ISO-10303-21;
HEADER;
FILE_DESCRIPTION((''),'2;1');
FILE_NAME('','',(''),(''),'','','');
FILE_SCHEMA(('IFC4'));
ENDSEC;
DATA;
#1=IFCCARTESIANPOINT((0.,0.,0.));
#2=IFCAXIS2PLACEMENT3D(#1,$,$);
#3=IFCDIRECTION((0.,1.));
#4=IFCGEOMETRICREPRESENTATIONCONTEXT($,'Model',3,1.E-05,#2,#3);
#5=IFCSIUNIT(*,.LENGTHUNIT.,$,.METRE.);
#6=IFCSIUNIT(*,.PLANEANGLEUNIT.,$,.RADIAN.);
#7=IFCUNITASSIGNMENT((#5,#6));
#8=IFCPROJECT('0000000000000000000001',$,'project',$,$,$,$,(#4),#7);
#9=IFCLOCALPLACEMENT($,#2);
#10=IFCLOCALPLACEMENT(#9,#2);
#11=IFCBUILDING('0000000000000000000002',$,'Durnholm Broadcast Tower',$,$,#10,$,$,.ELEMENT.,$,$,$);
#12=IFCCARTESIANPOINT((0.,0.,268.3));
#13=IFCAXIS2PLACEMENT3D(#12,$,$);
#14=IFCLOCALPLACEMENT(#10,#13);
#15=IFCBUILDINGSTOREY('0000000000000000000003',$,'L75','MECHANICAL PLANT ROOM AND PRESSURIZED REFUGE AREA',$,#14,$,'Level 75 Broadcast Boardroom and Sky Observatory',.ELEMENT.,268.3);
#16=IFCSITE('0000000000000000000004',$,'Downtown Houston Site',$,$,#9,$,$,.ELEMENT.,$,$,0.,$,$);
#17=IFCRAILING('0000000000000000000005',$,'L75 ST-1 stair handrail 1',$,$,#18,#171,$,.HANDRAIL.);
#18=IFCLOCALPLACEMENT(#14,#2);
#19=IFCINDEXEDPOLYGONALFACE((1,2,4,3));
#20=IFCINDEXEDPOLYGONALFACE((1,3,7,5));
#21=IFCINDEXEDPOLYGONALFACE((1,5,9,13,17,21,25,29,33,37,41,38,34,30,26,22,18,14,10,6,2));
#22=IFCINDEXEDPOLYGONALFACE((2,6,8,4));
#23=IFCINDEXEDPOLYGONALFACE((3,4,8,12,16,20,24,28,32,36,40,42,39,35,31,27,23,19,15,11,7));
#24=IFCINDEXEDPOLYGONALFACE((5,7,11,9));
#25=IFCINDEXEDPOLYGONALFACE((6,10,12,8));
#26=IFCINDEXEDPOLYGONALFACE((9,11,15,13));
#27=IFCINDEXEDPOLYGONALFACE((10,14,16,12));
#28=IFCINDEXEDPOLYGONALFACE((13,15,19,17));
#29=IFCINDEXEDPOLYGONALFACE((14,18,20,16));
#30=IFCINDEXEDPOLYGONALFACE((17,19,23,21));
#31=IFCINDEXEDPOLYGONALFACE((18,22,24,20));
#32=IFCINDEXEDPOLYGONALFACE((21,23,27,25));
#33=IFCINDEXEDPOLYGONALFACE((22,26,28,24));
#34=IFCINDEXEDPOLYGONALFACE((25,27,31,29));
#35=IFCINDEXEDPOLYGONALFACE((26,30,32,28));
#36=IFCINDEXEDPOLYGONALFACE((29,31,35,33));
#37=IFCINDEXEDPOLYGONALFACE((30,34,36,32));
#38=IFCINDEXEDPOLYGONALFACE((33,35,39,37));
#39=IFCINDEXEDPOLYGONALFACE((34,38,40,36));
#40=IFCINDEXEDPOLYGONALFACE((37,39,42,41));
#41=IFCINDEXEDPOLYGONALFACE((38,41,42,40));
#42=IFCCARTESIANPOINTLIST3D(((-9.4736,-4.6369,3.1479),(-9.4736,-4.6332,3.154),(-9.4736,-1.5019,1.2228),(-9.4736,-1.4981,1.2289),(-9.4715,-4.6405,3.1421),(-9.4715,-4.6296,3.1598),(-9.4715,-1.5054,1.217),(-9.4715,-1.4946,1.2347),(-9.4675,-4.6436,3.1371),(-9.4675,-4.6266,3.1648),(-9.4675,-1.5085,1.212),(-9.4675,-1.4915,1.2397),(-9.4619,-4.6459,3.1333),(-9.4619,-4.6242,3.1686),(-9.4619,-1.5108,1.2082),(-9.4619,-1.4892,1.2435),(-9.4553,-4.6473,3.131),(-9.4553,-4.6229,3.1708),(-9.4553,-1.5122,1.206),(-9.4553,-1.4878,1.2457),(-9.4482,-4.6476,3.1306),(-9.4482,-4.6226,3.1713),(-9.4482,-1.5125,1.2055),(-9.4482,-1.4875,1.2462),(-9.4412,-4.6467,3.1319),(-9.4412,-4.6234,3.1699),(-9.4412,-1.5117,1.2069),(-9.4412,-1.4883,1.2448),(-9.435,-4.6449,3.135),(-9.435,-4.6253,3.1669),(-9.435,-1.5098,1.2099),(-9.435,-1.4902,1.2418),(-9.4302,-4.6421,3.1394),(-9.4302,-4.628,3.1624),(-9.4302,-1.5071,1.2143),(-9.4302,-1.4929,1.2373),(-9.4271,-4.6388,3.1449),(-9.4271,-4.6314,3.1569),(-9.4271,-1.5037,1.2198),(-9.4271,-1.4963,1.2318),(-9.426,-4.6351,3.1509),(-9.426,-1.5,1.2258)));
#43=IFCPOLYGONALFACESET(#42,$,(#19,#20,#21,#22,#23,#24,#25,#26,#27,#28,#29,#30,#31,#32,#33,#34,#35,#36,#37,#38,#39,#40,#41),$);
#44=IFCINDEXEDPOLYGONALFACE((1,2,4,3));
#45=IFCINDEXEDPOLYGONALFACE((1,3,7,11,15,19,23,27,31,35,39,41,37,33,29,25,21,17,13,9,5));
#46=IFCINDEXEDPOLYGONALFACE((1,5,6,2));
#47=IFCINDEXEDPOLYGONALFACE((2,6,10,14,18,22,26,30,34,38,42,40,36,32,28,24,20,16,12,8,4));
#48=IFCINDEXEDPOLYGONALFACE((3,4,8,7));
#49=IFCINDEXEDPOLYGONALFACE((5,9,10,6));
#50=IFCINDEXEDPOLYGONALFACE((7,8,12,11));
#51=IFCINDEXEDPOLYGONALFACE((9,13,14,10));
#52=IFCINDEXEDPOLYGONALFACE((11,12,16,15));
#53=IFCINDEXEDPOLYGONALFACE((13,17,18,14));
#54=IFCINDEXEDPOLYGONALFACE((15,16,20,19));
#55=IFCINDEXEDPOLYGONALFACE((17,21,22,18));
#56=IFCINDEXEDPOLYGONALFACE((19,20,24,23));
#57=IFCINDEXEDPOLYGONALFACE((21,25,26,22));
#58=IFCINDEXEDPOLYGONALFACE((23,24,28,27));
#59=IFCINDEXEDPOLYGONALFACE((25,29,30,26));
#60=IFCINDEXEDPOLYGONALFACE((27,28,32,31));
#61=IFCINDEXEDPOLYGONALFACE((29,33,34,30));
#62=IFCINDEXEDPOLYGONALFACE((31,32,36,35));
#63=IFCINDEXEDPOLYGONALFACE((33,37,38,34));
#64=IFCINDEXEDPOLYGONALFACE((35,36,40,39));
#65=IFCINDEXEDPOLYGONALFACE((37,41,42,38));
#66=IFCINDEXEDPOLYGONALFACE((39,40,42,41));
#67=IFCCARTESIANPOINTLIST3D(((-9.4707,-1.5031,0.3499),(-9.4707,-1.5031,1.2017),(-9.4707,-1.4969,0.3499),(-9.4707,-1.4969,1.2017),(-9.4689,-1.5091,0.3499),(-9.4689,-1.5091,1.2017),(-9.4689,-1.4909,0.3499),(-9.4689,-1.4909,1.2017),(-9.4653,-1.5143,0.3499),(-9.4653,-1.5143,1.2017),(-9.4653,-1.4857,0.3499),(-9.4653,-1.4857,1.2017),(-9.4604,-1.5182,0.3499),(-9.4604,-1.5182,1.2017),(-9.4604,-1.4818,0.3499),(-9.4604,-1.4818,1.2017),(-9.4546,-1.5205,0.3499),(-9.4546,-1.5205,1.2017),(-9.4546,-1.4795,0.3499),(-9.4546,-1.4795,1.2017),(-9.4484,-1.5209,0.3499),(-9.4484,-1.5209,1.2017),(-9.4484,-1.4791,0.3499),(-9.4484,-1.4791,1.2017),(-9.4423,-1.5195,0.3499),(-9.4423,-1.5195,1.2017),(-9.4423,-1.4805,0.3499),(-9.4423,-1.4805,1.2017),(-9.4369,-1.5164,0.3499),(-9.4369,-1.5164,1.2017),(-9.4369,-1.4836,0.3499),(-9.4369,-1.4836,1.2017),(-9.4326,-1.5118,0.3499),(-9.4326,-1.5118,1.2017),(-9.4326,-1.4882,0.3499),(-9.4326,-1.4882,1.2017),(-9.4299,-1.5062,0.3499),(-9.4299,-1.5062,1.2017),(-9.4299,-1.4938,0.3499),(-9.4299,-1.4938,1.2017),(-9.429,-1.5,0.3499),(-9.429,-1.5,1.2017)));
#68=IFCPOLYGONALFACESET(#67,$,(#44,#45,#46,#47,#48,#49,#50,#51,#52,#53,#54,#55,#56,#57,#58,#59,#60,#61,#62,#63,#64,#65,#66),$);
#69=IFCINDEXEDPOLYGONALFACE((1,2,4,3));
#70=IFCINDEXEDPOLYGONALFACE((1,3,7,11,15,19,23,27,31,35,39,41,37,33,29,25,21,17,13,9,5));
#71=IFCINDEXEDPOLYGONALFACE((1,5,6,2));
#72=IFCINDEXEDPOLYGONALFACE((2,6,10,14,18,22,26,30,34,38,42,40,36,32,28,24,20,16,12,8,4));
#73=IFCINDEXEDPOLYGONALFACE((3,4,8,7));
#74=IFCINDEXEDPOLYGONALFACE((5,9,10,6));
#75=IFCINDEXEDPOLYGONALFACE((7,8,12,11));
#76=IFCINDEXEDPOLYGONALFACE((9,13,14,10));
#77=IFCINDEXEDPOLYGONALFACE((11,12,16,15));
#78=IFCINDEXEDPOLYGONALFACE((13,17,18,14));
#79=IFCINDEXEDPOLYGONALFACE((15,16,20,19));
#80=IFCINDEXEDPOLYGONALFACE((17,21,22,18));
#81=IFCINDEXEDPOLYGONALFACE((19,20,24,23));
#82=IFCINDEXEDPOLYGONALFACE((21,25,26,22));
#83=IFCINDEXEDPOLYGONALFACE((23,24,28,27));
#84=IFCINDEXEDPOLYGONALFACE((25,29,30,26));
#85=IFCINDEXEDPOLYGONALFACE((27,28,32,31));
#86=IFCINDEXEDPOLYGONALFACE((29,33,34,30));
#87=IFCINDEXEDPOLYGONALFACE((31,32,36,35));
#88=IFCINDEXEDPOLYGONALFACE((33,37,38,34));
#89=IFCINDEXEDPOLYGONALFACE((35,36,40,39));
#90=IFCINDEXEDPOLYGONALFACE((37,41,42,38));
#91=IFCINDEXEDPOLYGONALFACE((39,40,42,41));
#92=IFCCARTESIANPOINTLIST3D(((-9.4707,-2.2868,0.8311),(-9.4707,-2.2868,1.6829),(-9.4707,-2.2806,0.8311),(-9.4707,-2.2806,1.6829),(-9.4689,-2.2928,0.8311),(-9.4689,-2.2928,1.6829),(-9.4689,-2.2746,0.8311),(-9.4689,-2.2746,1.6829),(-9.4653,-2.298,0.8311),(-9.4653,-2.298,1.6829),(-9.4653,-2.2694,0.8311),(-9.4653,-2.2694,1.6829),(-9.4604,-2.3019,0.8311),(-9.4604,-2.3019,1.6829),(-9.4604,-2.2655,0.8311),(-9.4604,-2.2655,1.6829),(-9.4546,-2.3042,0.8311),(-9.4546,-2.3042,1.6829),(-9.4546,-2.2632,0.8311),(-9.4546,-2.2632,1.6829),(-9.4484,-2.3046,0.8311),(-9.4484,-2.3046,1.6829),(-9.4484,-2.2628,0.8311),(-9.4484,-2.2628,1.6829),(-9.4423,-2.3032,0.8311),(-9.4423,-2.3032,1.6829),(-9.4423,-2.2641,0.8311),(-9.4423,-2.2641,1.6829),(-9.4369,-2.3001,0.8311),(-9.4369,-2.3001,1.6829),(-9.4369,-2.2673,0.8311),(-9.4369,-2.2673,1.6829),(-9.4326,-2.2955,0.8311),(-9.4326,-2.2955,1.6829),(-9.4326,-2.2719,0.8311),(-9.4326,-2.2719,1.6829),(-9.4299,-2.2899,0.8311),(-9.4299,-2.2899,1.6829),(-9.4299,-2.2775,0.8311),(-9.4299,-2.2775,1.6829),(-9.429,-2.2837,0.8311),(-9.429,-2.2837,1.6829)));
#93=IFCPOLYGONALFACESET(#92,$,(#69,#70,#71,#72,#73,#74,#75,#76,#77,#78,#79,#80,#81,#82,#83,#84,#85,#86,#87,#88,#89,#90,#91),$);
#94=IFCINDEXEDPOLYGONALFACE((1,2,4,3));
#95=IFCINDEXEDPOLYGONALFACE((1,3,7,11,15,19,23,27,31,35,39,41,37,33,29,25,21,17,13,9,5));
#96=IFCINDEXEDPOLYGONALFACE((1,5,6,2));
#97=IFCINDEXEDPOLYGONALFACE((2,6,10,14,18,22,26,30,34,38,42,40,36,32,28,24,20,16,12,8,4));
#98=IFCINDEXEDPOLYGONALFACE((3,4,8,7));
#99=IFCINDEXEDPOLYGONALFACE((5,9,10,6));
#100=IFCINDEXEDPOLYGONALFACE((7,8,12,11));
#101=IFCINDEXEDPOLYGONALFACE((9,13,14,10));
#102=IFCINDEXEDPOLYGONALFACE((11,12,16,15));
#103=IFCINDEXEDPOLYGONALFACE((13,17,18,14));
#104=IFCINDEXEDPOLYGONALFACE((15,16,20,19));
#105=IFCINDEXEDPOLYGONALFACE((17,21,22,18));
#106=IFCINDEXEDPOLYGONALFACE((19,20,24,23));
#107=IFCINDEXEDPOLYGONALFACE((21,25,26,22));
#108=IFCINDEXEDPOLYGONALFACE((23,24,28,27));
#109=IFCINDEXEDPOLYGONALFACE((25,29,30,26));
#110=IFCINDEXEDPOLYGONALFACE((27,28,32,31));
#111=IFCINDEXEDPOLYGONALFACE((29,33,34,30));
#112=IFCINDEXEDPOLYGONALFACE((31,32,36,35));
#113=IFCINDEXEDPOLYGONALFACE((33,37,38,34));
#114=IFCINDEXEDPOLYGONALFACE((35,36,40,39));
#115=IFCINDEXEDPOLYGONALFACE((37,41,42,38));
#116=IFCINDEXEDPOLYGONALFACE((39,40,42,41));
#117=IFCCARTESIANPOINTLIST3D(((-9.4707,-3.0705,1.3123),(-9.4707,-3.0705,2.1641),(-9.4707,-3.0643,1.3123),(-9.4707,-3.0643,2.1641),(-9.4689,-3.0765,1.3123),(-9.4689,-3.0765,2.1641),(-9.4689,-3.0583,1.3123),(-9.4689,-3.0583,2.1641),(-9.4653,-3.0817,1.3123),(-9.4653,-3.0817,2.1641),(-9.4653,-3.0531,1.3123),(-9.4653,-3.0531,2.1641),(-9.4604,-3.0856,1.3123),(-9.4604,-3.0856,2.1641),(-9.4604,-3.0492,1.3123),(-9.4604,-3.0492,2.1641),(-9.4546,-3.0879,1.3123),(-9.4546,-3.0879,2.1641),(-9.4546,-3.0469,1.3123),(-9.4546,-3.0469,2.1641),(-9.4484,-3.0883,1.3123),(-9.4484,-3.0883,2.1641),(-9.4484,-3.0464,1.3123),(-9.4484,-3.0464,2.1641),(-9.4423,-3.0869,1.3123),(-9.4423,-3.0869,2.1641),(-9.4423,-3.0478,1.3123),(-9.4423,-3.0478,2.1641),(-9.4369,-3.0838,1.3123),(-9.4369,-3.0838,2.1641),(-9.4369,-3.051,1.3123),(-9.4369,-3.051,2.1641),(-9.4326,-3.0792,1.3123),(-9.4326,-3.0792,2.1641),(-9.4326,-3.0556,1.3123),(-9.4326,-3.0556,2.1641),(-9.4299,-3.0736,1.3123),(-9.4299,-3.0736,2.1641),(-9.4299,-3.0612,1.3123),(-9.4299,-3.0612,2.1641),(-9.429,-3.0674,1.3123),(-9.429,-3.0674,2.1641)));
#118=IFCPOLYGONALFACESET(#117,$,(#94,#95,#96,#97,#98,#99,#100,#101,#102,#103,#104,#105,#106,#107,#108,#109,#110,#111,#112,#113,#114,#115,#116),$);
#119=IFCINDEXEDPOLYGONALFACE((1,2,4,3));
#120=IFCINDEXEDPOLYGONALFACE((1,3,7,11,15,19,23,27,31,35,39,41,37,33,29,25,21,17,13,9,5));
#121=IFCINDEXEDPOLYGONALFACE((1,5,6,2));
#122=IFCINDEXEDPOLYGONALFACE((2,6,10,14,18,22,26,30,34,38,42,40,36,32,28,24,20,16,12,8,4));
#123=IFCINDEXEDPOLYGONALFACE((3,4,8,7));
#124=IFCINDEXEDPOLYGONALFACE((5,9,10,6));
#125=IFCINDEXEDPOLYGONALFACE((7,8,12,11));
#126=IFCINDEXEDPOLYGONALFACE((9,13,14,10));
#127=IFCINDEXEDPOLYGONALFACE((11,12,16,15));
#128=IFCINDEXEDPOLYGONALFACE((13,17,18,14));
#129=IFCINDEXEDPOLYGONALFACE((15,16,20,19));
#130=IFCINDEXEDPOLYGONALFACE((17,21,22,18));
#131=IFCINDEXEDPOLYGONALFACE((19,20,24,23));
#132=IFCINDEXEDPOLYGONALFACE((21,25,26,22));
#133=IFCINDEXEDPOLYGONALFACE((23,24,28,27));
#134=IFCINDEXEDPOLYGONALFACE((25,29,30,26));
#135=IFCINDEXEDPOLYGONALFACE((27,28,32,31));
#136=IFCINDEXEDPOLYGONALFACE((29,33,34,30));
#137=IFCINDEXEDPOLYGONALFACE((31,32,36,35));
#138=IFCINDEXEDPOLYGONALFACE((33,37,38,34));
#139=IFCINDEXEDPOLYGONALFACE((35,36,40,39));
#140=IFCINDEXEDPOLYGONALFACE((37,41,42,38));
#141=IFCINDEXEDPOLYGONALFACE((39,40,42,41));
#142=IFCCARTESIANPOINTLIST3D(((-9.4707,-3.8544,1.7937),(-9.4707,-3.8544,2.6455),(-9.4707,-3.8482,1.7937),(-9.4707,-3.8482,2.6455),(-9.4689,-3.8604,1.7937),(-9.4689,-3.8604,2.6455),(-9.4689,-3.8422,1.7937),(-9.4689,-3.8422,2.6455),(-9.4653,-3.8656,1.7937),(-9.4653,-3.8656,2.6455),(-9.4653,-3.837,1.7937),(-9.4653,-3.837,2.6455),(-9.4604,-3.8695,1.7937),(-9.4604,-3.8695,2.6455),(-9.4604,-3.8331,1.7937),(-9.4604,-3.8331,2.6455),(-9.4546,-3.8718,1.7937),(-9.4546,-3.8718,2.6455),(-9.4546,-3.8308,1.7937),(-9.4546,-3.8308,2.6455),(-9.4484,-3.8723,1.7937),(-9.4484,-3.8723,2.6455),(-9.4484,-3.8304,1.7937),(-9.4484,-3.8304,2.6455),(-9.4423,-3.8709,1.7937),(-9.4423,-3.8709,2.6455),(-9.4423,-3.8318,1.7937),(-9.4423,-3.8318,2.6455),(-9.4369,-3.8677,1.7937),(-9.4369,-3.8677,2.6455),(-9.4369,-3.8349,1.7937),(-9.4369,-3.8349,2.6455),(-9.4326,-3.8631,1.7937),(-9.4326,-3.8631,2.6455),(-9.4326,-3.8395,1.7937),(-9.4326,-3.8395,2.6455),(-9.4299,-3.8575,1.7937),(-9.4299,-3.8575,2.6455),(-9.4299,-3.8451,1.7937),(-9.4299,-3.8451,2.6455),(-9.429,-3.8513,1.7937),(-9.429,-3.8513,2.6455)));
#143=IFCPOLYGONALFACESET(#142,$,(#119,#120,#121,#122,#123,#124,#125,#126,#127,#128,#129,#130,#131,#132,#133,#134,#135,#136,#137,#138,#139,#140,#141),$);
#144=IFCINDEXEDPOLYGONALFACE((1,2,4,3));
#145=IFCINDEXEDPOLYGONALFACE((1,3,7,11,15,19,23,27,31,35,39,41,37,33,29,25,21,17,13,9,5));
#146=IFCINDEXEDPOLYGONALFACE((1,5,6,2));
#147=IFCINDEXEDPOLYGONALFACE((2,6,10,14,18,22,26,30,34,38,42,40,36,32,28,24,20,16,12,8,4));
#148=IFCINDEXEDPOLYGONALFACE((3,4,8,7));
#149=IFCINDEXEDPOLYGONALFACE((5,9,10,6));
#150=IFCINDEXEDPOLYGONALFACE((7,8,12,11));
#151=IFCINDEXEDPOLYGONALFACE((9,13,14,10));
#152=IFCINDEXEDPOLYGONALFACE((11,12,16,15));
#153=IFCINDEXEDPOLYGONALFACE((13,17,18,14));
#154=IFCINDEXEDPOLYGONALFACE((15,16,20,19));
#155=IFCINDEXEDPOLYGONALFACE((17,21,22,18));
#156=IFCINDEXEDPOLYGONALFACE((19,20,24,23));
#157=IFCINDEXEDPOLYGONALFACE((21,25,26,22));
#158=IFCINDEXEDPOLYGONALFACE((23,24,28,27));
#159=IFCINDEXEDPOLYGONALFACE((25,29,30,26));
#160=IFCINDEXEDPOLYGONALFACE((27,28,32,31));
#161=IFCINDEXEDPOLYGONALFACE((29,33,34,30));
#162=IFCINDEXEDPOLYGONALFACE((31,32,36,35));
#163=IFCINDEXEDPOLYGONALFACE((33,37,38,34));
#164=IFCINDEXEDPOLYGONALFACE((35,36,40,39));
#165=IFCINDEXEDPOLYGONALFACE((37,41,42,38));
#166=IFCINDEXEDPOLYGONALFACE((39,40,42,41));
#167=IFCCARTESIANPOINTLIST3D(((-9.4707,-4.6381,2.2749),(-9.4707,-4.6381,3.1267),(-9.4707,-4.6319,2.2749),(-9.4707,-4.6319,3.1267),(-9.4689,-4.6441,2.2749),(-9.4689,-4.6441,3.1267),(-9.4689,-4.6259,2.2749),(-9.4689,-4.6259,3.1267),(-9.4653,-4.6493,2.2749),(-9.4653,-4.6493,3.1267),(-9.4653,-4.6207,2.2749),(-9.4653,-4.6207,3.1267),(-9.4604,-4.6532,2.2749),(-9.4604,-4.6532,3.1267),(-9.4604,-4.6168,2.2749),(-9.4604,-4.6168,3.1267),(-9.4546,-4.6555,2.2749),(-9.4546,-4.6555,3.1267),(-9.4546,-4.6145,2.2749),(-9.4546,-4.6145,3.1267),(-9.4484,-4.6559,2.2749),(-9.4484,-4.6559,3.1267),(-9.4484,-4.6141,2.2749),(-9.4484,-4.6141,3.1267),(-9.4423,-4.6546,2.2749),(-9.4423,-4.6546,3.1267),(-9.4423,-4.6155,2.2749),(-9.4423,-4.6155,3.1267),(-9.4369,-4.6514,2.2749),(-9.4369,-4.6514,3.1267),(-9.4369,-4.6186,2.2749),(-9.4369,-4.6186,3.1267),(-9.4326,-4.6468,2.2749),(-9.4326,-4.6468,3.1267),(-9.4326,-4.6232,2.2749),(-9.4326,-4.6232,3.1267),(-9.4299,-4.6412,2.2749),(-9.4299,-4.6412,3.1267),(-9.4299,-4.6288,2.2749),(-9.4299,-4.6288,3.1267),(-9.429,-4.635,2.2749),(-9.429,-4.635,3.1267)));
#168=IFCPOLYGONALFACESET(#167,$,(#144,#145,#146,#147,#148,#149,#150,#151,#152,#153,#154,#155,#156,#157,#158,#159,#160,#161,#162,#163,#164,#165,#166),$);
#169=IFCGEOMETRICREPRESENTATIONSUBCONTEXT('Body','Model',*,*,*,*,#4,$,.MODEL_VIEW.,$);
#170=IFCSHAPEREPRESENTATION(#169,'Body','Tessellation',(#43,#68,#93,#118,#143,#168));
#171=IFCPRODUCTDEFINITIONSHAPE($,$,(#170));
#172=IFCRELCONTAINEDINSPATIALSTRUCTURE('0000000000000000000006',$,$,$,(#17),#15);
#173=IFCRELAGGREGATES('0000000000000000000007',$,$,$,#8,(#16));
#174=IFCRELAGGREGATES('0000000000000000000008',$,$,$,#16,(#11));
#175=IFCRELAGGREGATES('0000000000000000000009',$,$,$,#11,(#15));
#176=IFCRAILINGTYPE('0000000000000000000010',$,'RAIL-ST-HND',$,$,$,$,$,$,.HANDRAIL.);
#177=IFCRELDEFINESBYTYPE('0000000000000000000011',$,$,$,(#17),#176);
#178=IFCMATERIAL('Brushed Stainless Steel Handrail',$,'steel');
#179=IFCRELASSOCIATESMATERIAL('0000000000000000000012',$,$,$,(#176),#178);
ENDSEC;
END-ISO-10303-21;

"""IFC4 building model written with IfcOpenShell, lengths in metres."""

from ifc_helpers import new_model, si_unit, direction, frame, origin, origin_2d, place, context, subcontext, project, spatial, circle, extrude, material, type_object, element, save


model = new_model("IFC4")

# Units and contexts
model_context = context("Model", 3, precision=1e-05, world=origin(), true_north=direction((0.0, 1.0)))
body_context = subcontext(model_context, "Body", "Model", "MODEL_VIEW")
ifc_project = project(units=[si_unit("LENGTHUNIT", "METRE"), si_unit("PLANEANGLEUNIT", "RADIAN")], contexts=[model_context])

# Site, building, storey
site_placement = place(None, origin())
site = spatial("IfcSite", under=ifc_project, at=site_placement, Name="Downtown Houston Site", CompositionType="ELEMENT", RefElevation=0.0)
building_placement = place(site_placement, origin())
building = spatial("IfcBuilding", under=site, at=building_placement, Name="Durnholm Broadcast Tower", CompositionType="ELEMENT")
storey_placement = place(building_placement, frame((0.0, 0.0, 268.3)))
storey = spatial("IfcBuildingStorey", under=building, at=storey_placement, Name="L75", Description="MECHANICAL PLANT ROOM AND PRESSURIZED REFUGE AREA", LongName="Level 75 Broadcast Boardroom and Sky Observatory", CompositionType="ELEMENT", Elevation=268.3)

# Railing
ifc_material_1 = material(Name="Brushed Stainless Steel Handrail", Category="steel")
railing_type_1 = type_object("IfcRailingType", Name="RAIL-ST-HND", PredefinedType="HANDRAIL", material=ifc_material_1)
railing_1_placement = place(storey_placement, frame((-9.45, -1.5, 0.3499)))
element("IfcRailing", 1, at=railing_1_placement, inside=storey, type_object=railing_type_1, Name="L75 ST-1 stair handrail 1", PredefinedType="HANDRAIL", context=body_context, shape_type="SweptSolid", body=[
    extrude(circle(Radius=0.0239, at=origin_2d()), frame((0.0, 0.0, 0.876), z_axis=(0.0, -0.852166, 0.523271), x_axis=(1.0, 0.0, 0.0)), (0.0, 0.0, 1.0), 3.679),
    extrude(circle(Radius=0.021, at=origin_2d()), origin(), (0.0, 0.0, 1.0), 0.8518),
    extrude(circle(Radius=0.021, at=origin_2d()), frame((0.0, -0.7837, 0.4812)), (0.0, 0.0, 1.0), 0.8518),
    extrude(circle(Radius=0.021, at=origin_2d()), frame((0.0, -1.5674, 0.9624)), (0.0, 0.0, 1.0), 0.8518),
    extrude(circle(Radius=0.021, at=origin_2d()), frame((0.0, -2.3513, 1.4438)), (0.0, 0.0, 1.0), 0.8518),
    extrude(circle(Radius=0.021, at=origin_2d()), frame((0.0, -3.135, 1.925)), (0.0, 0.0, 1.0), 0.8518),
])

save(model, "model.ifc")
